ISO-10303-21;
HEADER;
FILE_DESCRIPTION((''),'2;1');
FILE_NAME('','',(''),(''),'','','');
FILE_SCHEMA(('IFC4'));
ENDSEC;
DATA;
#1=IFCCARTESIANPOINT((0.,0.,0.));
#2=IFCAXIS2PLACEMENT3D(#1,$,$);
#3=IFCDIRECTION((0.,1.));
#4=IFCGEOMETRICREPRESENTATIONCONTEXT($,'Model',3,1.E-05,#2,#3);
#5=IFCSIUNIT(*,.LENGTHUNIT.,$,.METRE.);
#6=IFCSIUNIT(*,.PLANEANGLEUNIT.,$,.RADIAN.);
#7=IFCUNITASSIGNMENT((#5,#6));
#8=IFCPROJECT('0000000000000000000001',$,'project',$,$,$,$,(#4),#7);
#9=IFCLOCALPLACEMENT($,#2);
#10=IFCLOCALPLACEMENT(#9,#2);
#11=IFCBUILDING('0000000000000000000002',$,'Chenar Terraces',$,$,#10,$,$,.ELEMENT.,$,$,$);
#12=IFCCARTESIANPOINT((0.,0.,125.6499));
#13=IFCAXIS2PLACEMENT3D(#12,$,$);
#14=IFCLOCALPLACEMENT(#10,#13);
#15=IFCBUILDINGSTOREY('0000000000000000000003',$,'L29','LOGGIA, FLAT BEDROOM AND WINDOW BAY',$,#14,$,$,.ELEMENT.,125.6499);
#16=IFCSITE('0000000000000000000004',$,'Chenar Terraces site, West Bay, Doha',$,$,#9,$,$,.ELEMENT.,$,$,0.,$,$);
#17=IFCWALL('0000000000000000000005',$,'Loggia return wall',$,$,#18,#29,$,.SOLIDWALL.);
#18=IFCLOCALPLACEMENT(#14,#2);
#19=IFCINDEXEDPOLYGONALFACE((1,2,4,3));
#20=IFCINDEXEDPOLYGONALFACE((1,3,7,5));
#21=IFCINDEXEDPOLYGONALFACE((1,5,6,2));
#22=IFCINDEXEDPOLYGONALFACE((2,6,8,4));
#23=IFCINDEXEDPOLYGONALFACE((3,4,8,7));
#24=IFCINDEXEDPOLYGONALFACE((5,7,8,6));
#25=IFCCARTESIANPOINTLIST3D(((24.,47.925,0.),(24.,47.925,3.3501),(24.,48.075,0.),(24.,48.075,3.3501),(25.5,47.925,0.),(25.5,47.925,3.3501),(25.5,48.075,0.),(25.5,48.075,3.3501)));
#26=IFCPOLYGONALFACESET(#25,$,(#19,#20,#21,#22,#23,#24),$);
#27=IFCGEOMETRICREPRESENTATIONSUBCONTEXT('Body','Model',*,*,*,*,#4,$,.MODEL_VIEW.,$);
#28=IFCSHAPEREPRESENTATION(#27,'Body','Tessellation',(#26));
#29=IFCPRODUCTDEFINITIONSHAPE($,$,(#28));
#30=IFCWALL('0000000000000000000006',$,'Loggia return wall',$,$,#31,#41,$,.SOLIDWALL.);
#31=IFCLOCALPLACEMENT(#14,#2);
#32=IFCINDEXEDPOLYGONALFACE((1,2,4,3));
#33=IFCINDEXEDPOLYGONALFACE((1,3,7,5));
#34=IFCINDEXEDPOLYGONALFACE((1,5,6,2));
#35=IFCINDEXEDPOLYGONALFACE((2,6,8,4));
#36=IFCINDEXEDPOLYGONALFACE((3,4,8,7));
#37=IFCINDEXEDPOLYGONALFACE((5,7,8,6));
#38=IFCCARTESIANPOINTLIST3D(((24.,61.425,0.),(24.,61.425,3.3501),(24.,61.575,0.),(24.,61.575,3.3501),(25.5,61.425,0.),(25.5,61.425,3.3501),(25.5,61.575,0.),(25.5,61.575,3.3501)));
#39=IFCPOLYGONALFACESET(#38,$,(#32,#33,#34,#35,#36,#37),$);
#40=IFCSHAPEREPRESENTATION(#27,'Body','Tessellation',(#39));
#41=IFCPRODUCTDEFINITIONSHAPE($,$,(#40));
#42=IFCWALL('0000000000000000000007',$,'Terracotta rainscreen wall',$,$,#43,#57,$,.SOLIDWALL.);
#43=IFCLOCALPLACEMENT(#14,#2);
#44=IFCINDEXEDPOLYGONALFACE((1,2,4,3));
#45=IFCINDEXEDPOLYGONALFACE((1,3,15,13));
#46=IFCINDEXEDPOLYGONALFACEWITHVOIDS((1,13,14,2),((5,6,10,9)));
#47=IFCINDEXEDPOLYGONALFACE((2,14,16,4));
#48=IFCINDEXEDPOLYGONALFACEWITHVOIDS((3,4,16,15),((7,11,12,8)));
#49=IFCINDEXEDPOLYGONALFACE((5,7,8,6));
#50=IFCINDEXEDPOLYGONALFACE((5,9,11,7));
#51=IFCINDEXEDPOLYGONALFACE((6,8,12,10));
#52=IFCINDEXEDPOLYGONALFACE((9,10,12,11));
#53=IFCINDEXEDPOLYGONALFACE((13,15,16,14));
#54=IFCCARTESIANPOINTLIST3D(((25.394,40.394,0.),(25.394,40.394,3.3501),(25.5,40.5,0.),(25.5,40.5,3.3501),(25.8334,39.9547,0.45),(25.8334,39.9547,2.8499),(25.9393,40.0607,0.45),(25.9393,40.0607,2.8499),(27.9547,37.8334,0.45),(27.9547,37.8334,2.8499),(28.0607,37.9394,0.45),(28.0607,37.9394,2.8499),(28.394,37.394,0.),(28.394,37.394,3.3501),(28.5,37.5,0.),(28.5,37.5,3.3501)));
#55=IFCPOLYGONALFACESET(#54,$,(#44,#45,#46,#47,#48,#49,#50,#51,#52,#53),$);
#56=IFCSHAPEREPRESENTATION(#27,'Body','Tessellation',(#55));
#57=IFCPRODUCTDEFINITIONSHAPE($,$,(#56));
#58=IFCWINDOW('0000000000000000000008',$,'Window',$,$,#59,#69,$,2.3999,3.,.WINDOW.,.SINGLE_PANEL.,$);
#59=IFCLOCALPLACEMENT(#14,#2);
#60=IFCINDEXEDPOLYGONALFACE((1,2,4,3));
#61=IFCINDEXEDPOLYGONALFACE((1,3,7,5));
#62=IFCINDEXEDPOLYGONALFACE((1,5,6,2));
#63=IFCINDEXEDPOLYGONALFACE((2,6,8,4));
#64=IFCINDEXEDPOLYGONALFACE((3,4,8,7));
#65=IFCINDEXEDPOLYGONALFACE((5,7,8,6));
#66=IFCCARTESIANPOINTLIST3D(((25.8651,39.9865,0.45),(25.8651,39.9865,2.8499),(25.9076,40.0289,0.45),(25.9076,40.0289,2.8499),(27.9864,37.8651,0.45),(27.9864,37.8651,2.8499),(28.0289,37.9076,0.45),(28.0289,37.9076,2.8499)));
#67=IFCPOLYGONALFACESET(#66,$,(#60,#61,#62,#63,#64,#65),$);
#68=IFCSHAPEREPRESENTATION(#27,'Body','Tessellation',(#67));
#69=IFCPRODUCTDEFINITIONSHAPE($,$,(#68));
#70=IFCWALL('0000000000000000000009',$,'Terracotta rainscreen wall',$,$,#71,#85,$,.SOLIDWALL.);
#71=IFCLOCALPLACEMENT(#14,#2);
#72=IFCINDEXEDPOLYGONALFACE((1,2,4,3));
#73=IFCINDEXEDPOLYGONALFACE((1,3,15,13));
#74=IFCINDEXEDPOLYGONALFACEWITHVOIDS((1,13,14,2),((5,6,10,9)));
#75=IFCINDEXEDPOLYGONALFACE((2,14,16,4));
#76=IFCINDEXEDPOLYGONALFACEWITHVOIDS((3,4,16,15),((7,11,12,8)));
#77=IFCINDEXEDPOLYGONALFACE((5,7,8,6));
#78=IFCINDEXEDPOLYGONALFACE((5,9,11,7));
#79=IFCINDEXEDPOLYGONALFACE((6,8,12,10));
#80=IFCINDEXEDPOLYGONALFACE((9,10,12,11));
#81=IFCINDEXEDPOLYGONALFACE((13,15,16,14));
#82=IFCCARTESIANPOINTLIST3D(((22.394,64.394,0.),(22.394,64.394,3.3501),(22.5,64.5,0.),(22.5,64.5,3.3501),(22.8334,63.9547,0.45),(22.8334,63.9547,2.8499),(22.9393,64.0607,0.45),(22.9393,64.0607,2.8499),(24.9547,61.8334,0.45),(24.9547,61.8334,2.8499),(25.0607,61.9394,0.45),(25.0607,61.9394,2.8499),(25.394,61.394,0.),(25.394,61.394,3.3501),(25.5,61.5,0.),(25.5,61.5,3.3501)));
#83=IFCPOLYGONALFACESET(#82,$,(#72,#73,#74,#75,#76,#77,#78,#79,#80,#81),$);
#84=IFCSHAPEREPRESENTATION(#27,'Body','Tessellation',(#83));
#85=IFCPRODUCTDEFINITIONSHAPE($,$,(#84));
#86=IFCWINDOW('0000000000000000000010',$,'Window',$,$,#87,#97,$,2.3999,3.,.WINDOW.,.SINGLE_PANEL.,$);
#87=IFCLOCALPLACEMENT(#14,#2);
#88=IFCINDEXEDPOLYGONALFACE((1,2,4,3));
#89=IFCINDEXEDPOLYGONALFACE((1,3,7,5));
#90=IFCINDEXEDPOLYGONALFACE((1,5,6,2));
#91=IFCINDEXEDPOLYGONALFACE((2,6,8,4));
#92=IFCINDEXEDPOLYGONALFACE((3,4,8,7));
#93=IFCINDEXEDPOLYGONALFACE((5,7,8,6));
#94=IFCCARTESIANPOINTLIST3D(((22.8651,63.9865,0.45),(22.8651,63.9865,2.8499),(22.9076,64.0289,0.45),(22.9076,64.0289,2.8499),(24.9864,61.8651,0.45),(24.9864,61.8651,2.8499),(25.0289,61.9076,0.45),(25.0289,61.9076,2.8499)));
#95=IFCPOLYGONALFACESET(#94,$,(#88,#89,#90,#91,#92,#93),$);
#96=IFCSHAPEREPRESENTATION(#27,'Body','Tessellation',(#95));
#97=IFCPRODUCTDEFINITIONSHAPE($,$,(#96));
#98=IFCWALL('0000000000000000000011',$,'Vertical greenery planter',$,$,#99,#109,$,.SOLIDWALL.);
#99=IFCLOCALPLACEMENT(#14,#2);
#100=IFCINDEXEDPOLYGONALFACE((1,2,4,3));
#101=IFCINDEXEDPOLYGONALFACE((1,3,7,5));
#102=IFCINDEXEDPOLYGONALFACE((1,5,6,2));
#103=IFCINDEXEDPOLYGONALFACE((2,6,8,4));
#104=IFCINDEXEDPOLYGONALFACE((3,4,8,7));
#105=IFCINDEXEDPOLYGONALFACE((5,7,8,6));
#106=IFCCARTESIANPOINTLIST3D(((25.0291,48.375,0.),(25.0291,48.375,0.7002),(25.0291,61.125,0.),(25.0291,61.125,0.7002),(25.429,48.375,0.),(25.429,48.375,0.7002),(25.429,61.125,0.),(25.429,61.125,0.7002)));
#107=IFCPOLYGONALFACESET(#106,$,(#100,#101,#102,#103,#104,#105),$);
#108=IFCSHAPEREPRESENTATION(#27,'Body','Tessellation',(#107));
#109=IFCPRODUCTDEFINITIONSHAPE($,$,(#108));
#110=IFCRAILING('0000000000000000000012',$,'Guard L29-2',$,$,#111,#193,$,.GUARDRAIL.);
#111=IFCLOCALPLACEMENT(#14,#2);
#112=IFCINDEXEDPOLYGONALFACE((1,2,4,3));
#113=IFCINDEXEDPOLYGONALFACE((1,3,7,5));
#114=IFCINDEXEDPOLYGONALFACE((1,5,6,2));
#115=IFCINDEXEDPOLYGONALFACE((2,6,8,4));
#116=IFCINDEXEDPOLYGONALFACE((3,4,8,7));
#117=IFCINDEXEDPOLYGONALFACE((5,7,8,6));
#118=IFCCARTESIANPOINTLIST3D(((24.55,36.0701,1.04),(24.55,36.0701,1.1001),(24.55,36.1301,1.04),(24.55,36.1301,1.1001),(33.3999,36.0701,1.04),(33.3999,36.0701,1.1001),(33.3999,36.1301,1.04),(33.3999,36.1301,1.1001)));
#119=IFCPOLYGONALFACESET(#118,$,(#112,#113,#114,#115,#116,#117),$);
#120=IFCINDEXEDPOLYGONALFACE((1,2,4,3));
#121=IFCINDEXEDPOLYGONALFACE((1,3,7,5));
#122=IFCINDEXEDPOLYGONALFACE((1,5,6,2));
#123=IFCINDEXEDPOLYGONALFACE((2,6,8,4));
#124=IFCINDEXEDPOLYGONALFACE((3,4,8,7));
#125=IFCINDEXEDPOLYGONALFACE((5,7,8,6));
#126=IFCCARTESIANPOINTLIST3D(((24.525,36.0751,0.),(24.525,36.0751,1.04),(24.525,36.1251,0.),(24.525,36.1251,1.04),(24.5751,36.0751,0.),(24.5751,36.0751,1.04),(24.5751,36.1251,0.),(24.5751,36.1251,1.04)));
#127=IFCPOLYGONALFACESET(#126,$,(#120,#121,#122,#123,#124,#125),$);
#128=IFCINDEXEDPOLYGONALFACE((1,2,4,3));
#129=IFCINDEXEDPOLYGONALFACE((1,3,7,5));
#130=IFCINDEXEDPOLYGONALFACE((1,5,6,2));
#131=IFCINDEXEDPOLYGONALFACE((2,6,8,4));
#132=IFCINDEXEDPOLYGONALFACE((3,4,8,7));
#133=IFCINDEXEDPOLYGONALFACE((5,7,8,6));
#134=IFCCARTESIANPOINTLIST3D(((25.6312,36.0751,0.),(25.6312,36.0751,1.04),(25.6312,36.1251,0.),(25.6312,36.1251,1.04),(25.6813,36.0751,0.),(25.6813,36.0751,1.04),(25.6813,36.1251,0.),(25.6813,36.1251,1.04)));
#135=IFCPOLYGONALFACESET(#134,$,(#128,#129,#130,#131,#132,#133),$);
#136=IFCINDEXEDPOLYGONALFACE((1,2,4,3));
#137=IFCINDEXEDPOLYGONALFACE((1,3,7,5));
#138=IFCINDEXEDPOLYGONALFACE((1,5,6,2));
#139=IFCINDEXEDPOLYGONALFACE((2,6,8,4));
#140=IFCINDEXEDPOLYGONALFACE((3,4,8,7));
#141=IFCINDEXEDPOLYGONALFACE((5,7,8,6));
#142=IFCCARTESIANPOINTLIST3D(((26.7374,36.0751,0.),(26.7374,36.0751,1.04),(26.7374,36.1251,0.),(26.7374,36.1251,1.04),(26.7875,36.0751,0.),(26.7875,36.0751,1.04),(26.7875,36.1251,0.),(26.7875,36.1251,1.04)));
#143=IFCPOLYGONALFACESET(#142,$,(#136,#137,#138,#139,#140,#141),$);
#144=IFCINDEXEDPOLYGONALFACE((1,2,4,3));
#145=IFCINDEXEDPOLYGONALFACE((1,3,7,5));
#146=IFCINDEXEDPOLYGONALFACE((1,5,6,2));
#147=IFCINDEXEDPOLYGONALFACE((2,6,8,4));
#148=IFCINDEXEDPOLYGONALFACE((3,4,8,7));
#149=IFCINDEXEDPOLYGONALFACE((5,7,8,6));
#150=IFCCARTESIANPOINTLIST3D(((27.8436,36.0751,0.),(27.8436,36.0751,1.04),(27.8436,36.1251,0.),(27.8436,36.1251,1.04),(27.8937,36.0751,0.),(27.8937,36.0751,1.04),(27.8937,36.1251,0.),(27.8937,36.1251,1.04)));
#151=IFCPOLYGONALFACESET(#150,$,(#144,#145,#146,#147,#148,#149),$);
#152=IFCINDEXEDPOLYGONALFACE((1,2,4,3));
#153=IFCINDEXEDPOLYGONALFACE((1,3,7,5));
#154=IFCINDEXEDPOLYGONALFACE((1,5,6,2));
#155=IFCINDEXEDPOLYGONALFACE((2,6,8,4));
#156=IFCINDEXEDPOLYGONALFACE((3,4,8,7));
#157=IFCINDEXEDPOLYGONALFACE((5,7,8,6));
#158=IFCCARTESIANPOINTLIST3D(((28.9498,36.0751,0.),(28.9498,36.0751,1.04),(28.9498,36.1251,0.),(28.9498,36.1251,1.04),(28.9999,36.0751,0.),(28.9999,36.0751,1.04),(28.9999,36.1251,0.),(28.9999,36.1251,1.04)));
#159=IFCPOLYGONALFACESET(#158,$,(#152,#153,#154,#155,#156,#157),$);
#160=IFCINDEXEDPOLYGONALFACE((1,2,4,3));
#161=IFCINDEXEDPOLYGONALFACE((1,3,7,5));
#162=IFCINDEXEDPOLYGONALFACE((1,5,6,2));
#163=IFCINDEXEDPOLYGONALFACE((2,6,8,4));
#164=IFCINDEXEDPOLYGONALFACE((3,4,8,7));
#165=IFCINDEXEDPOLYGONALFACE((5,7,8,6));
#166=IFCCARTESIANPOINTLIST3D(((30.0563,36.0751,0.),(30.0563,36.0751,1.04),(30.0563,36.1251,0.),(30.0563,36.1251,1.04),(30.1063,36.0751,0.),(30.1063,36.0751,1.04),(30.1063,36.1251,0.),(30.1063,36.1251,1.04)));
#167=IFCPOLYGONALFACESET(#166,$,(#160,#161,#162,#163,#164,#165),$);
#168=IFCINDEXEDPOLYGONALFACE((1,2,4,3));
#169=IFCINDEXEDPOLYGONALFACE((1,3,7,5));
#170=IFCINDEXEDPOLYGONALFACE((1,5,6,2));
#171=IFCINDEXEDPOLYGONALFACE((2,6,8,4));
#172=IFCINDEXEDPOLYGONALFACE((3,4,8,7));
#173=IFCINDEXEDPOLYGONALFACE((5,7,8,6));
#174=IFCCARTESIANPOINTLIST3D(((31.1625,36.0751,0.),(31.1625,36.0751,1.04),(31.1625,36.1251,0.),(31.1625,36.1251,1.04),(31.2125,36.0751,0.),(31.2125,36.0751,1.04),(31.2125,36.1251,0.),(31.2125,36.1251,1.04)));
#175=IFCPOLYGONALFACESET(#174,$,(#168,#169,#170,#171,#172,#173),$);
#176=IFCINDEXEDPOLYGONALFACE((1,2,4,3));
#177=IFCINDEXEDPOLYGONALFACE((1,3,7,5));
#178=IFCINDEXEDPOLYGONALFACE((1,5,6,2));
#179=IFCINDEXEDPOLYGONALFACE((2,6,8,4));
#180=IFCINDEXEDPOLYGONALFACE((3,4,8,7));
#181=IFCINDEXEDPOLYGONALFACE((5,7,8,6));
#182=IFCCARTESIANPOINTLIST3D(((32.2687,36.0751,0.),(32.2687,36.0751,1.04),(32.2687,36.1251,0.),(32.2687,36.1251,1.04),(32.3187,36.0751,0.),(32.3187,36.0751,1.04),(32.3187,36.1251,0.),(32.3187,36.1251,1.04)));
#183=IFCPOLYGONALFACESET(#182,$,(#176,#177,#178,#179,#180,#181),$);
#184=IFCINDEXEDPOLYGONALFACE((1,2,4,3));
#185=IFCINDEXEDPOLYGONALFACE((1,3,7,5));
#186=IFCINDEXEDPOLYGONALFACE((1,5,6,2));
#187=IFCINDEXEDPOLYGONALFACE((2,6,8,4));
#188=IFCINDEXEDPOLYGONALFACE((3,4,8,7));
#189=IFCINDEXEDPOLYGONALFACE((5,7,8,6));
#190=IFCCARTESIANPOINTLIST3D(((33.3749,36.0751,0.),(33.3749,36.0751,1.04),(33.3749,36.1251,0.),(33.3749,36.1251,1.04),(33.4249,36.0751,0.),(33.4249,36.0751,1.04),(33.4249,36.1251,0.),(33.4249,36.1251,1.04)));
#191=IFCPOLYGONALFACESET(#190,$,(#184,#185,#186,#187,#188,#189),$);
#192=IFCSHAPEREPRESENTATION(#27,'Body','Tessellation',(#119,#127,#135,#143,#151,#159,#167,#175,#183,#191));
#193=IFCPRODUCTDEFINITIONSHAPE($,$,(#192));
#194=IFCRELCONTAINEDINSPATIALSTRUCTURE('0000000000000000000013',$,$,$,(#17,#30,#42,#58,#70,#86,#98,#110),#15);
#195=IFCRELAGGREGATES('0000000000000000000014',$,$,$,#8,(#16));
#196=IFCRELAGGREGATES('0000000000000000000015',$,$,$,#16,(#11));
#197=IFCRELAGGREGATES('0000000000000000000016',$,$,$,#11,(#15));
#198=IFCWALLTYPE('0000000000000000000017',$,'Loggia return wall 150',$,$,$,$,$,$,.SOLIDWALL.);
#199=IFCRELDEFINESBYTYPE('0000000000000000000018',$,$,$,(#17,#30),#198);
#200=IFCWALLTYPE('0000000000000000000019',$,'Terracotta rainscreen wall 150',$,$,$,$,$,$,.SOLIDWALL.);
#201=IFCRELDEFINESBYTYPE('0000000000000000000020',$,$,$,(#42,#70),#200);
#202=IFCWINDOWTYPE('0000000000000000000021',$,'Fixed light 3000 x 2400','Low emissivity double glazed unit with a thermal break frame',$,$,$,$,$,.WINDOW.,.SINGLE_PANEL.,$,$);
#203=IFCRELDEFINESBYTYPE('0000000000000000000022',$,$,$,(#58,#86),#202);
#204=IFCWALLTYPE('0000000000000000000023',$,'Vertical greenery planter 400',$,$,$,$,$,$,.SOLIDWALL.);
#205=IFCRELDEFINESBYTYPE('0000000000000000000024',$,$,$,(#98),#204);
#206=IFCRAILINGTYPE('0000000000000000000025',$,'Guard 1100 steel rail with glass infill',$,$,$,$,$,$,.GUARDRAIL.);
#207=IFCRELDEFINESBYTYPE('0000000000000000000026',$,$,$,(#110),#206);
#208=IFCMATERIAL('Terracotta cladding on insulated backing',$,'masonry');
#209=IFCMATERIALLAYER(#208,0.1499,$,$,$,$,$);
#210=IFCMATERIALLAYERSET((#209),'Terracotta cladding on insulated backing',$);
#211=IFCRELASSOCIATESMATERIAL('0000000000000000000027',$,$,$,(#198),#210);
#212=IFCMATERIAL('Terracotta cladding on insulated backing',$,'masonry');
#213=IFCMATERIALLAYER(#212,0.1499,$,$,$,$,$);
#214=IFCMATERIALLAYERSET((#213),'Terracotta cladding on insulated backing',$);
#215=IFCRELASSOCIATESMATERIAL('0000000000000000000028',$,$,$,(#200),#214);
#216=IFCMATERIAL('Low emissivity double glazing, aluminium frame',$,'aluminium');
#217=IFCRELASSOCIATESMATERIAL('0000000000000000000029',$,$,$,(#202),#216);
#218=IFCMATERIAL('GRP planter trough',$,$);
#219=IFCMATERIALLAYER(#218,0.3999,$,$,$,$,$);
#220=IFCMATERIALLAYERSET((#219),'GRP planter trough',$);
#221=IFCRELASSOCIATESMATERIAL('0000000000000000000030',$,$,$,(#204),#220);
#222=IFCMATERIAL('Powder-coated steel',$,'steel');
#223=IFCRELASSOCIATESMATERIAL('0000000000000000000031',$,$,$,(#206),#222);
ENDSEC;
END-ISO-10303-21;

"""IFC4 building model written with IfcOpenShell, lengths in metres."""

from ifc_helpers import new_model, si_unit, direction, frame, frame_2d, origin, origin_2d, place, context, subcontext, project, spatial, rectangle, extrude, material, layer, layer_set, type_object, element, fill, save


model = new_model("IFC4")

# Units and contexts
model_context = context("Model", 3, precision=1e-05, world=origin(), true_north=direction((0.0, 1.0)))
body_context = subcontext(model_context, "Body", "Model", "MODEL_VIEW")
ifc_project = project(units=[si_unit("LENGTHUNIT", "METRE"), si_unit("PLANEANGLEUNIT", "RADIAN")], contexts=[model_context])

# Site, building, storey
site_placement = place(None, origin())
site = spatial("IfcSite", under=ifc_project, at=site_placement, Name="Chenar Terraces site, West Bay, Doha", CompositionType="ELEMENT", RefElevation=0.0)
building_placement = place(site_placement, origin())
building = spatial("IfcBuilding", under=site, at=building_placement, Name="Chenar Terraces", CompositionType="ELEMENT")
storey_placement = place(building_placement, frame((0.0, 0.0, 125.6499)))
storey = spatial("IfcBuildingStorey", under=building, at=storey_placement, Name="L29", Description="LOGGIA, FLAT BEDROOM AND WINDOW BAY", CompositionType="ELEMENT", Elevation=125.6499)

# Walls
ifc_material_1 = material(Name="Terracotta cladding on insulated backing", Category="masonry")
ifc_layer_1 = layer(ifc_material_1, 0.1499)
ifc_layer_set_1 = layer_set([ifc_layer_1], Name="Terracotta cladding on insulated backing")
wall_type_1 = type_object("IfcWallType", Name="Loggia return wall 150", PredefinedType="SOLIDWALL", material=ifc_layer_set_1)
for number, where, z_axis, x_axis, name in (
    (1, (25.5, 48.0, 0.0), (0.0, 0.0, 1.0), (-1.0, 0.0, 0.0), "Loggia return wall"),
    (2, (25.5, 61.5, 0.0), (0.0, 0.0, 1.0), (-1.0, 0.0, 0.0), "Loggia return wall"),
):
    element("IfcWall", number, at=place(storey_placement, frame(where, z_axis=z_axis, x_axis=x_axis)), inside=storey, type_object=wall_type_1, Name=name, PredefinedType="SOLIDWALL", context=body_context, shape_type="SweptSolid", body=[
        extrude(rectangle(XDim=1.5, YDim=0.1499, at=frame_2d((0.75, 0.0))), origin(), (0.0, 0.0, 1.0), 3.3501),
    ])

# Walls, openings, windows
ifc_material_2 = material(Name="Terracotta cladding on insulated backing", Category="masonry")
ifc_layer_2 = layer(ifc_material_2, 0.1499)
ifc_layer_set_2 = layer_set([ifc_layer_2], Name="Terracotta cladding on insulated backing")
wall_type_2 = type_object("IfcWallType", Name="Terracotta rainscreen wall 150", PredefinedType="SOLIDWALL", material=ifc_layer_set_2)
wall_1_placement = place(storey_placement, frame((28.447, 37.447, 0.0), z_axis=(0.0, 0.0, 1.0), x_axis=(-0.707107, 0.707107, 0.0)))
wall_1 = element("IfcWall", 3, at=wall_1_placement, inside=storey, type_object=wall_type_2, Name="Terracotta rainscreen wall", PredefinedType="SOLIDWALL", context=body_context, shape_type="SweptSolid", body=[
    extrude(rectangle(XDim=4.2427, YDim=0.1499, at=frame_2d((2.1213, 0.0))), origin(), (0.0, 0.0, 1.0), 3.3501),
])
opening_1_placement = place(wall_1_placement, frame((0.6213, 0.0, 0.45)))
opening_1 = element("IfcOpeningElement", 4, at=opening_1_placement, cuts=wall_1, PredefinedType="OPENING", context=body_context, shape_type="SweptSolid", body=[
    extrude(rectangle(XDim=3.0, YDim=2.3999, at=frame_2d((1.5, 1.2))), frame((0.0, 0.085, 0.0), z_axis=(0.0, -1.0, 0.0), x_axis=(1.0, 0.0, 0.0)), (0.0, 0.0, 1.0), 0.1699),
])
ifc_material_3 = material(Name="Low emissivity double glazing, aluminium frame", Category="aluminium")
window_type_1 = type_object("IfcWindowType", Name="Fixed light 3000 x 2400", Description="Low emissivity double glazed unit with a thermal break frame", PartitioningType="SINGLE_PANEL", PredefinedType="WINDOW", material=ifc_material_3)
window_1_placement = place(opening_1_placement, origin())
window_1 = element("IfcWindow", 5, at=window_1_placement, inside=storey, type_object=window_type_1, Name="Window", OverallHeight=2.3999, OverallWidth=3.0, PartitioningType="SINGLE_PANEL", PredefinedType="WINDOW", context=body_context, shape_type="SweptSolid", body=[
    extrude(rectangle(XDim=3.0, YDim=2.3999, at=frame_2d((1.5, 1.2))), frame((0.0, 0.03, 0.0), z_axis=(0.0, -1.0, 0.0), x_axis=(1.0, 0.0, 0.0)), (0.0, 0.0, 1.0), 0.0601),
])
fill(opening_1, window_1)
wall_2_placement = place(storey_placement, frame((25.447, 61.447, 0.0), z_axis=(0.0, 0.0, 1.0), x_axis=(-0.707107, 0.707107, 0.0)))
wall_2 = element("IfcWall", 6, at=wall_2_placement, inside=storey, type_object=wall_type_2, Name="Terracotta rainscreen wall", PredefinedType="SOLIDWALL", context=body_context, shape_type="SweptSolid", body=[
    extrude(rectangle(XDim=4.2427, YDim=0.1499, at=frame_2d((2.1213, 0.0))), origin(), (0.0, 0.0, 1.0), 3.3501),
])
opening_2_placement = place(wall_2_placement, frame((0.6213, 0.0, 0.45)))
opening_2 = element("IfcOpeningElement", 7, at=opening_2_placement, cuts=wall_2, PredefinedType="OPENING", context=body_context, shape_type="SweptSolid", body=[
    extrude(rectangle(XDim=3.0, YDim=2.3999, at=frame_2d((1.5, 1.2))), frame((0.0, 0.085, 0.0), z_axis=(0.0, -1.0, 0.0), x_axis=(1.0, 0.0, 0.0)), (0.0, 0.0, 1.0), 0.1699),
])
window_2_placement = place(opening_2_placement, origin())
window_2 = element("IfcWindow", 8, at=window_2_placement, inside=storey, type_object=window_type_1, Name="Window", OverallHeight=2.3999, OverallWidth=3.0, PartitioningType="SINGLE_PANEL", PredefinedType="WINDOW", context=body_context, shape_type="SweptSolid", body=[
    extrude(rectangle(XDim=3.0, YDim=2.3999, at=frame_2d((1.5, 1.2))), frame((0.0, 0.03, 0.0), z_axis=(0.0, -1.0, 0.0), x_axis=(1.0, 0.0, 0.0)), (0.0, 0.0, 1.0), 0.0601),
])
fill(opening_2, window_2)

# Wall
ifc_material_4 = material(Name="GRP planter trough")
ifc_layer_3 = layer(ifc_material_4, 0.3999)
ifc_layer_set_3 = layer_set([ifc_layer_3], Name="GRP planter trough")
wall_type_3 = type_object("IfcWallType", Name="Vertical greenery planter 400", PredefinedType="SOLIDWALL", material=ifc_layer_set_3)
wall_3_placement = place(storey_placement, frame((25.229, 48.375, 0.0), z_axis=(0.0, 0.0, 1.0), x_axis=(0.0, 1.0, 0.0)))
element("IfcWall", 9, at=wall_3_placement, inside=storey, type_object=wall_type_3, Name="Vertical greenery planter", PredefinedType="SOLIDWALL", context=body_context, shape_type="SweptSolid", body=[
    extrude(rectangle(XDim=12.75, YDim=0.3999, at=frame_2d((6.375, 0.0))), origin(), (0.0, 0.0, 1.0), 0.7002),
])

# Railing
ifc_material_5 = material(Name="Powder-coated steel", Category="steel")
railing_type_1 = type_object("IfcRailingType", Name="Guard 1100 steel rail with glass infill", PredefinedType="GUARDRAIL", material=ifc_material_5)
railing_1_placement = place(storey_placement, frame((24.55, 36.1001, 0.0)))
element("IfcRailing", 10, at=railing_1_placement, inside=storey, type_object=railing_type_1, Name="Guard L29-2", PredefinedType="GUARDRAIL", context=body_context, shape_type="SweptSolid", body=[
    extrude(rectangle(XDim=0.0601, YDim=0.0601, at=origin_2d()), frame((0.0, 0.0, 1.0701), z_axis=(1.0, 0.0, 0.0), x_axis=(0.0, 1.0, 0.0)), (0.0, 0.0, 1.0), 8.8499),
    extrude(rectangle(XDim=0.05, YDim=0.05, at=origin_2d()), origin(), (0.0, 0.0, 1.0), 1.04),
    extrude(rectangle(XDim=0.05, YDim=0.05, at=origin_2d()), frame((1.1062, 0.0, 0.0)), (0.0, 0.0, 1.0), 1.04),
    extrude(rectangle(XDim=0.05, YDim=0.05, at=origin_2d()), frame((2.2124, 0.0, 0.0)), (0.0, 0.0, 1.0), 1.04),
    extrude(rectangle(XDim=0.05, YDim=0.05, at=origin_2d()), frame((3.3186, 0.0, 0.0)), (0.0, 0.0, 1.0), 1.04),
    extrude(rectangle(XDim=0.05, YDim=0.05, at=origin_2d()), frame((4.4248, 0.0, 0.0)), (0.0, 0.0, 1.0), 1.04),
    extrude(rectangle(XDim=0.05, YDim=0.05, at=origin_2d()), frame((5.5312, 0.0, 0.0)), (0.0, 0.0, 1.0), 1.04),
    extrude(rectangle(XDim=0.05, YDim=0.05, at=origin_2d()), frame((6.6375, 0.0, 0.0)), (0.0, 0.0, 1.0), 1.04),
    extrude(rectangle(XDim=0.05, YDim=0.05, at=origin_2d()), frame((7.7437, 0.0, 0.0)), (0.0, 0.0, 1.0), 1.04),
    extrude(rectangle(XDim=0.05, YDim=0.05, at=origin_2d()), frame((8.8499, 0.0, 0.0)), (0.0, 0.0, 1.0), 1.04),
])

save(model, "model.ifc")
